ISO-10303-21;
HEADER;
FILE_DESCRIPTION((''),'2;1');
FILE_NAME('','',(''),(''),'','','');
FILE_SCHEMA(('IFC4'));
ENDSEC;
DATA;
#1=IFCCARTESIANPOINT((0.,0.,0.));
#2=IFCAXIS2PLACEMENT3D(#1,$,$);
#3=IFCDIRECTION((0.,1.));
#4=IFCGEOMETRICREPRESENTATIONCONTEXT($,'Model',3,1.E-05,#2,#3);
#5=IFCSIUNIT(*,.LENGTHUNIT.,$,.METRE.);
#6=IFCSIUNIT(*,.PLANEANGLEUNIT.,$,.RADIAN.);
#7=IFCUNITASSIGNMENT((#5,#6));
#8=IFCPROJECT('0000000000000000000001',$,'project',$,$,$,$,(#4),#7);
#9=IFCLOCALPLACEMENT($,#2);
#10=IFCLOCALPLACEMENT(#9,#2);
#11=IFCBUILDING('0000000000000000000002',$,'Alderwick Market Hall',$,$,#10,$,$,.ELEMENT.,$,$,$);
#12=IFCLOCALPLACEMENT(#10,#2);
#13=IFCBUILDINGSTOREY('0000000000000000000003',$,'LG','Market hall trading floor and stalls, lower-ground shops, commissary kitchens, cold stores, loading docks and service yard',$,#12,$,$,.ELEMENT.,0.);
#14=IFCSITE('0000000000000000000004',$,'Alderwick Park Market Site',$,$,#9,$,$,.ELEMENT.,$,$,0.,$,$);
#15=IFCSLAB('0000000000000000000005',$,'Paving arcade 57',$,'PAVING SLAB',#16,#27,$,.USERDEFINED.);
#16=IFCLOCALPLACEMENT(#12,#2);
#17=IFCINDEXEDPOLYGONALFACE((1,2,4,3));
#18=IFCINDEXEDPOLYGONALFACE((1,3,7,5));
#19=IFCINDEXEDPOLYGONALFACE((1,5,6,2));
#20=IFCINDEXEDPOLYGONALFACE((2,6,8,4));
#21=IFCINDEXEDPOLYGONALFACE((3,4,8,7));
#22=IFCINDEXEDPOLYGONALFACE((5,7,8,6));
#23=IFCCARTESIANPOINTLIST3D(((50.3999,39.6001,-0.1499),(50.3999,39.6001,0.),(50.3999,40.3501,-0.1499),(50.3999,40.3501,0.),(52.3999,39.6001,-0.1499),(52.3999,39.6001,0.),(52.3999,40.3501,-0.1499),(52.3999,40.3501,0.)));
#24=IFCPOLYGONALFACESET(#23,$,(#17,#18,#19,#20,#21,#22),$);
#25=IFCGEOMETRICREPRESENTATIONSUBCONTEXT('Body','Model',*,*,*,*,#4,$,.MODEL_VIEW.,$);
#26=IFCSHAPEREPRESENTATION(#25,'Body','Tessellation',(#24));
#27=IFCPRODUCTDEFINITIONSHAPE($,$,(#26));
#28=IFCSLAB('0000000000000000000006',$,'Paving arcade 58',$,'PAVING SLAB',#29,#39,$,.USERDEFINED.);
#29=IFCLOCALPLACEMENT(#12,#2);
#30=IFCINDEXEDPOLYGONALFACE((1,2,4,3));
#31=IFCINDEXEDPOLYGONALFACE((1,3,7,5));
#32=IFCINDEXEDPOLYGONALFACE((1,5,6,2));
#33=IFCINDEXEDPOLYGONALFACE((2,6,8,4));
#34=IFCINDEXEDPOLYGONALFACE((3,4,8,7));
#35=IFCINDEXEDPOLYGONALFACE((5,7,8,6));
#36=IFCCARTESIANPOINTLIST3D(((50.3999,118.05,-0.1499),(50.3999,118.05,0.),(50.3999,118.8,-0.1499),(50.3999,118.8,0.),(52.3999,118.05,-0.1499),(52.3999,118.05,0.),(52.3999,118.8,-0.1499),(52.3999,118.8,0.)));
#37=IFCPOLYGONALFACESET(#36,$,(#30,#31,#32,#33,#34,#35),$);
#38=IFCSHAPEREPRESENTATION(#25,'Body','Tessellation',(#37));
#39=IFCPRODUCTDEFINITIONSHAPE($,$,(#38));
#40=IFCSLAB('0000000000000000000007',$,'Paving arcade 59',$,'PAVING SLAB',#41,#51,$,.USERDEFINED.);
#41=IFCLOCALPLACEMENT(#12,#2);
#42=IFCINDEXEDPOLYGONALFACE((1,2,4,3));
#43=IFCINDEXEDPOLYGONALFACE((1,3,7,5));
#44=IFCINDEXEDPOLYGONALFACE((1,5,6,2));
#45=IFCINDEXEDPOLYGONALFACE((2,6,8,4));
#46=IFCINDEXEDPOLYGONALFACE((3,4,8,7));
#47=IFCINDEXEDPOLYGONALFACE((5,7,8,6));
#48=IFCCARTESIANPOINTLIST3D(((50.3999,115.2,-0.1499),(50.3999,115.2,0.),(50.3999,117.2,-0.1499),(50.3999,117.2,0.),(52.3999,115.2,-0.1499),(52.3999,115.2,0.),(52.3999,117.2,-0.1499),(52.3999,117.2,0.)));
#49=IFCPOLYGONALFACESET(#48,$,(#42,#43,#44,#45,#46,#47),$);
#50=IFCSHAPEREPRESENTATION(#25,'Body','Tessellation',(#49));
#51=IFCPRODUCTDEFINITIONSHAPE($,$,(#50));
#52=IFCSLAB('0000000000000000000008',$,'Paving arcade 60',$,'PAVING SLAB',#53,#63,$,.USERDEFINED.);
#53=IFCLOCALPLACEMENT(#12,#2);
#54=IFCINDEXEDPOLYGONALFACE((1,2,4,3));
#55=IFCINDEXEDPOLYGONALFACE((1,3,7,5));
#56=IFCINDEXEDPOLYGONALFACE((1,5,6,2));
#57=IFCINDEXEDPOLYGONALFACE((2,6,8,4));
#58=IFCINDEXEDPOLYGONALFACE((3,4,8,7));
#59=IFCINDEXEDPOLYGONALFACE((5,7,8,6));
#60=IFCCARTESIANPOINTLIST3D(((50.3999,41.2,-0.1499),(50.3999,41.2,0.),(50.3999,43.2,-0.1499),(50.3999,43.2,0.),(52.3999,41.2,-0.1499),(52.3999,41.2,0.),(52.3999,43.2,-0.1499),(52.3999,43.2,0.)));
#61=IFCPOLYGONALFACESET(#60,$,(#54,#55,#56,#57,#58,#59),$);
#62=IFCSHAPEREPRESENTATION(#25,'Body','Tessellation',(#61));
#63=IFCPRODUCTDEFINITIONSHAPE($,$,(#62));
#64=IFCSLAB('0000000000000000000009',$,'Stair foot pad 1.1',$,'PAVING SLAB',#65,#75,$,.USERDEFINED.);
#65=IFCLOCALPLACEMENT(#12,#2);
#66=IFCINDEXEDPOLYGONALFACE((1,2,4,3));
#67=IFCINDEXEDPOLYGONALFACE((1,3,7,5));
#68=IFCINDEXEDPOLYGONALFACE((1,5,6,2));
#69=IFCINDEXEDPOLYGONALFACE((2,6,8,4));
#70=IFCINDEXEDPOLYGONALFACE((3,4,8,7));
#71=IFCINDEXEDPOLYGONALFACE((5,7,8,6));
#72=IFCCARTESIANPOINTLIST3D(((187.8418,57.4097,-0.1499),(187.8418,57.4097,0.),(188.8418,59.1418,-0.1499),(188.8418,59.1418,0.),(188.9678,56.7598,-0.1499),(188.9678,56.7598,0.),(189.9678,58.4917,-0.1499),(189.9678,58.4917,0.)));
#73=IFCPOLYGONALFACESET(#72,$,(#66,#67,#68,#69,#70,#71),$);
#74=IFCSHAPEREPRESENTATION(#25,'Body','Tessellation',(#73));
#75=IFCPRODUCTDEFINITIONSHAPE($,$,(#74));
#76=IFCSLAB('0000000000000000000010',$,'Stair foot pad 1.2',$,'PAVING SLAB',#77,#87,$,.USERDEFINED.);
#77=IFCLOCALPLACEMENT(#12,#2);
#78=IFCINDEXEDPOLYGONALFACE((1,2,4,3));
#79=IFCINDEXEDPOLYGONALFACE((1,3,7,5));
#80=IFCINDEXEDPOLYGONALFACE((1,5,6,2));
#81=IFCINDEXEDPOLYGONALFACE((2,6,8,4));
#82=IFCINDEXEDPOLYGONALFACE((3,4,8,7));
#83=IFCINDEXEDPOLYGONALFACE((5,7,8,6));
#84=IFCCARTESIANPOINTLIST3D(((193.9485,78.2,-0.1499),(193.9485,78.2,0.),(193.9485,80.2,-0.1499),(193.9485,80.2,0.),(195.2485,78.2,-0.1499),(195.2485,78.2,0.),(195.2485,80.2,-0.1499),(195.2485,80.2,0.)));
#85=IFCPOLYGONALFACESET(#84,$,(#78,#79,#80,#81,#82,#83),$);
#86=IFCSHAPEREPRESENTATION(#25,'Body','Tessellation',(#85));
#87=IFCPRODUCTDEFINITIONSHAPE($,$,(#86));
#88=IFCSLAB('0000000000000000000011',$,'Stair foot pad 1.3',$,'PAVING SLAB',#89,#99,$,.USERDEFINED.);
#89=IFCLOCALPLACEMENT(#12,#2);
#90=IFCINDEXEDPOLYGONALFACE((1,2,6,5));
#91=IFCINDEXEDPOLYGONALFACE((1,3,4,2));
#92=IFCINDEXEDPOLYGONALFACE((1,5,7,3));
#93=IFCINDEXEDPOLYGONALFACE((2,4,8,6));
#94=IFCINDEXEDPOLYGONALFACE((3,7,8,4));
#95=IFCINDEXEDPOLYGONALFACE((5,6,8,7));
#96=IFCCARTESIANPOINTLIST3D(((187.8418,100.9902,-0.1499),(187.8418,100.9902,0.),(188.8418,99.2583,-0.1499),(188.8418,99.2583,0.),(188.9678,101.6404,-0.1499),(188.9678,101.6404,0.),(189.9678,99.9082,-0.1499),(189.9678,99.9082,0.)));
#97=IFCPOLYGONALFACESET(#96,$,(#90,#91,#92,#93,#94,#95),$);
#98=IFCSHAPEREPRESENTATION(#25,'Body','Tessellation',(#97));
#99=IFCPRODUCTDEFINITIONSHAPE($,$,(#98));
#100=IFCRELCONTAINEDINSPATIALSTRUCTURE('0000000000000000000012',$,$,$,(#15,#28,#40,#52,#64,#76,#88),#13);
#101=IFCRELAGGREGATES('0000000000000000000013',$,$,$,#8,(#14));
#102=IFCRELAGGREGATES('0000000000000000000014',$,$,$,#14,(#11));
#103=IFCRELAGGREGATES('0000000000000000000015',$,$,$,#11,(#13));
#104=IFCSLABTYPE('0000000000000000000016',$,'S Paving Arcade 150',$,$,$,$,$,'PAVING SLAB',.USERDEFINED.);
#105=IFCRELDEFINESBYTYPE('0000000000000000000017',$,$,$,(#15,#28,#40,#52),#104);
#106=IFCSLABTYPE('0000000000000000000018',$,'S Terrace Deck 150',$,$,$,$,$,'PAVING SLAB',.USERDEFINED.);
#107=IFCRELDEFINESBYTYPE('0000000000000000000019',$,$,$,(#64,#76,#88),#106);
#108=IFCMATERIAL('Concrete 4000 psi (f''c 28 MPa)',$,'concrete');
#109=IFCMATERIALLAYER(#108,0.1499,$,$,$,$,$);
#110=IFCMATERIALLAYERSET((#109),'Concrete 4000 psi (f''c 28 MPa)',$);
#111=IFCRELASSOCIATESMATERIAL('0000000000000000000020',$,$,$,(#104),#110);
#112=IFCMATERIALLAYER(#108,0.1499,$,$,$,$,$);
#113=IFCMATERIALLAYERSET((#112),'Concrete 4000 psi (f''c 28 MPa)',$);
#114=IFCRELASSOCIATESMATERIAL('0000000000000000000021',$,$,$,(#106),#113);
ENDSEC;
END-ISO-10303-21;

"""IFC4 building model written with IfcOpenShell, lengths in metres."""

from ifc_helpers import new_model, si_unit, direction, frame, origin, place, context, subcontext, project, spatial, polyline, outline, extrude, material, layer, layer_set, type_object, element, save


model = new_model("IFC4")

# Units and contexts
model_context = context("Model", 3, precision=1e-05, world=origin(), true_north=direction((0.0, 1.0)))
body_context = subcontext(model_context, "Body", "Model", "MODEL_VIEW")
ifc_project = project(units=[si_unit("LENGTHUNIT", "METRE"), si_unit("PLANEANGLEUNIT", "RADIAN")], contexts=[model_context])

# Site, building, storey
site_placement = place(None, origin())
site = spatial("IfcSite", under=ifc_project, at=site_placement, Name="Alderwick Park Market Site", CompositionType="ELEMENT", RefElevation=0.0)
building_placement = place(site_placement, origin())
building = spatial("IfcBuilding", under=site, at=building_placement, Name="Alderwick Market Hall", CompositionType="ELEMENT")
storey_placement = place(building_placement, origin())
storey = spatial("IfcBuildingStorey", under=building, at=storey_placement, Name="LG", Description="Market hall trading floor and stalls, lower-ground shops, commissary kitchens, cold stores, loading docks and service yard", CompositionType="ELEMENT", Elevation=0.0)

# Shared definitions
ifc_material = material(Name="Concrete 4000 psi (f'c 28 MPa)", Category="concrete")

# Slabs
ifc_layer_1 = layer(ifc_material, 0.1499)
ifc_layer_set_1 = layer_set([ifc_layer_1], Name="Concrete 4000 psi (f'c 28 MPa)")
slab_type_1 = type_object("IfcSlabType", Name="S Paving Arcade 150", ElementType="PAVING SLAB", PredefinedType="USERDEFINED", material=ifc_layer_set_1)
slab_1_placement = place(storey_placement, frame((0.0, 0.0, -0.1499)))
element("IfcSlab", 1, at=slab_1_placement, inside=storey, type_object=slab_type_1, Name="Paving arcade 57", ObjectType="PAVING SLAB", PredefinedType="USERDEFINED", context=body_context, shape_type="SweptSolid", body=[
    extrude(outline(polyline([(52.3999, 39.6001), (52.3999, 40.3501), (50.3999, 40.3501), (50.3999, 39.6001), (52.3999, 39.6001)])), origin(), (0.0, 0.0, 1.0), 0.1499),
])
slab_2_placement = place(storey_placement, frame((0.0, 0.0, -0.1499)))
element("IfcSlab", 2, at=slab_2_placement, inside=storey, type_object=slab_type_1, Name="Paving arcade 58", ObjectType="PAVING SLAB", PredefinedType="USERDEFINED", context=body_context, shape_type="SweptSolid", body=[
    extrude(outline(polyline([(50.3999, 118.05), (52.3999, 118.05), (52.3999, 118.8), (50.3999, 118.8), (50.3999, 118.05)])), origin(), (0.0, 0.0, 1.0), 0.1499),
])
slab_3_placement = place(storey_placement, frame((0.0, 0.0, -0.1499)))
element("IfcSlab", 3, at=slab_3_placement, inside=storey, type_object=slab_type_1, Name="Paving arcade 59", ObjectType="PAVING SLAB", PredefinedType="USERDEFINED", context=body_context, shape_type="SweptSolid", body=[
    extrude(outline(polyline([(52.3999, 115.2), (52.3999, 117.2), (50.3999, 117.2), (50.3999, 115.2), (52.3999, 115.2)])), origin(), (0.0, 0.0, 1.0), 0.1499),
])
slab_4_placement = place(storey_placement, frame((0.0, 0.0, -0.1499)))
element("IfcSlab", 4, at=slab_4_placement, inside=storey, type_object=slab_type_1, Name="Paving arcade 60", ObjectType="PAVING SLAB", PredefinedType="USERDEFINED", context=body_context, shape_type="SweptSolid", body=[
    extrude(outline(polyline([(50.3999, 41.2), (52.3999, 41.2), (52.3999, 43.2), (50.3999, 43.2), (50.3999, 41.2)])), origin(), (0.0, 0.0, 1.0), 0.1499),
])
ifc_layer_2 = layer(ifc_material, 0.1499)
ifc_layer_set_2 = layer_set([ifc_layer_2], Name="Concrete 4000 psi (f'c 28 MPa)")
slab_type_2 = type_object("IfcSlabType", Name="S Terrace Deck 150", ElementType="PAVING SLAB", PredefinedType="USERDEFINED", material=ifc_layer_set_2)
slab_5_placement = place(storey_placement, frame((0.0, 0.0, -0.1499)))
element("IfcSlab", 5, at=slab_5_placement, inside=storey, type_object=slab_type_2, Name="Stair foot pad 1.1", ObjectType="PAVING SLAB", PredefinedType="USERDEFINED", context=body_context, shape_type="SweptSolid", body=[
    extrude(outline(polyline([(188.8418, 59.1418), (187.8418, 57.4097), (188.9678, 56.7598), (189.9678, 58.4917), (188.8418, 59.1418)])), origin(), (0.0, 0.0, 1.0), 0.1499),
])
slab_6_placement = place(storey_placement, frame((0.0, 0.0, -0.1499)))
element("IfcSlab", 6, at=slab_6_placement, inside=storey, type_object=slab_type_2, Name="Stair foot pad 1.2", ObjectType="PAVING SLAB", PredefinedType="USERDEFINED", context=body_context, shape_type="SweptSolid", body=[
    extrude(outline(polyline([(193.9485, 80.2), (193.9485, 78.2), (195.2485, 78.2), (195.2485, 80.2), (193.9485, 80.2)])), origin(), (0.0, 0.0, 1.0), 0.1499),
])
slab_7_placement = place(storey_placement, frame((0.0, 0.0, -0.1499)))
element("IfcSlab", 7, at=slab_7_placement, inside=storey, type_object=slab_type_2, Name="Stair foot pad 1.3", ObjectType="PAVING SLAB", PredefinedType="USERDEFINED", context=body_context, shape_type="SweptSolid", body=[
    extrude(outline(polyline([(187.8418, 100.9902), (188.8418, 99.2583), (189.9678, 99.9082), (188.9678, 101.6404), (187.8418, 100.9902)])), origin(), (0.0, 0.0, 1.0), 0.1499),
])

save(model, "model.ifc")
